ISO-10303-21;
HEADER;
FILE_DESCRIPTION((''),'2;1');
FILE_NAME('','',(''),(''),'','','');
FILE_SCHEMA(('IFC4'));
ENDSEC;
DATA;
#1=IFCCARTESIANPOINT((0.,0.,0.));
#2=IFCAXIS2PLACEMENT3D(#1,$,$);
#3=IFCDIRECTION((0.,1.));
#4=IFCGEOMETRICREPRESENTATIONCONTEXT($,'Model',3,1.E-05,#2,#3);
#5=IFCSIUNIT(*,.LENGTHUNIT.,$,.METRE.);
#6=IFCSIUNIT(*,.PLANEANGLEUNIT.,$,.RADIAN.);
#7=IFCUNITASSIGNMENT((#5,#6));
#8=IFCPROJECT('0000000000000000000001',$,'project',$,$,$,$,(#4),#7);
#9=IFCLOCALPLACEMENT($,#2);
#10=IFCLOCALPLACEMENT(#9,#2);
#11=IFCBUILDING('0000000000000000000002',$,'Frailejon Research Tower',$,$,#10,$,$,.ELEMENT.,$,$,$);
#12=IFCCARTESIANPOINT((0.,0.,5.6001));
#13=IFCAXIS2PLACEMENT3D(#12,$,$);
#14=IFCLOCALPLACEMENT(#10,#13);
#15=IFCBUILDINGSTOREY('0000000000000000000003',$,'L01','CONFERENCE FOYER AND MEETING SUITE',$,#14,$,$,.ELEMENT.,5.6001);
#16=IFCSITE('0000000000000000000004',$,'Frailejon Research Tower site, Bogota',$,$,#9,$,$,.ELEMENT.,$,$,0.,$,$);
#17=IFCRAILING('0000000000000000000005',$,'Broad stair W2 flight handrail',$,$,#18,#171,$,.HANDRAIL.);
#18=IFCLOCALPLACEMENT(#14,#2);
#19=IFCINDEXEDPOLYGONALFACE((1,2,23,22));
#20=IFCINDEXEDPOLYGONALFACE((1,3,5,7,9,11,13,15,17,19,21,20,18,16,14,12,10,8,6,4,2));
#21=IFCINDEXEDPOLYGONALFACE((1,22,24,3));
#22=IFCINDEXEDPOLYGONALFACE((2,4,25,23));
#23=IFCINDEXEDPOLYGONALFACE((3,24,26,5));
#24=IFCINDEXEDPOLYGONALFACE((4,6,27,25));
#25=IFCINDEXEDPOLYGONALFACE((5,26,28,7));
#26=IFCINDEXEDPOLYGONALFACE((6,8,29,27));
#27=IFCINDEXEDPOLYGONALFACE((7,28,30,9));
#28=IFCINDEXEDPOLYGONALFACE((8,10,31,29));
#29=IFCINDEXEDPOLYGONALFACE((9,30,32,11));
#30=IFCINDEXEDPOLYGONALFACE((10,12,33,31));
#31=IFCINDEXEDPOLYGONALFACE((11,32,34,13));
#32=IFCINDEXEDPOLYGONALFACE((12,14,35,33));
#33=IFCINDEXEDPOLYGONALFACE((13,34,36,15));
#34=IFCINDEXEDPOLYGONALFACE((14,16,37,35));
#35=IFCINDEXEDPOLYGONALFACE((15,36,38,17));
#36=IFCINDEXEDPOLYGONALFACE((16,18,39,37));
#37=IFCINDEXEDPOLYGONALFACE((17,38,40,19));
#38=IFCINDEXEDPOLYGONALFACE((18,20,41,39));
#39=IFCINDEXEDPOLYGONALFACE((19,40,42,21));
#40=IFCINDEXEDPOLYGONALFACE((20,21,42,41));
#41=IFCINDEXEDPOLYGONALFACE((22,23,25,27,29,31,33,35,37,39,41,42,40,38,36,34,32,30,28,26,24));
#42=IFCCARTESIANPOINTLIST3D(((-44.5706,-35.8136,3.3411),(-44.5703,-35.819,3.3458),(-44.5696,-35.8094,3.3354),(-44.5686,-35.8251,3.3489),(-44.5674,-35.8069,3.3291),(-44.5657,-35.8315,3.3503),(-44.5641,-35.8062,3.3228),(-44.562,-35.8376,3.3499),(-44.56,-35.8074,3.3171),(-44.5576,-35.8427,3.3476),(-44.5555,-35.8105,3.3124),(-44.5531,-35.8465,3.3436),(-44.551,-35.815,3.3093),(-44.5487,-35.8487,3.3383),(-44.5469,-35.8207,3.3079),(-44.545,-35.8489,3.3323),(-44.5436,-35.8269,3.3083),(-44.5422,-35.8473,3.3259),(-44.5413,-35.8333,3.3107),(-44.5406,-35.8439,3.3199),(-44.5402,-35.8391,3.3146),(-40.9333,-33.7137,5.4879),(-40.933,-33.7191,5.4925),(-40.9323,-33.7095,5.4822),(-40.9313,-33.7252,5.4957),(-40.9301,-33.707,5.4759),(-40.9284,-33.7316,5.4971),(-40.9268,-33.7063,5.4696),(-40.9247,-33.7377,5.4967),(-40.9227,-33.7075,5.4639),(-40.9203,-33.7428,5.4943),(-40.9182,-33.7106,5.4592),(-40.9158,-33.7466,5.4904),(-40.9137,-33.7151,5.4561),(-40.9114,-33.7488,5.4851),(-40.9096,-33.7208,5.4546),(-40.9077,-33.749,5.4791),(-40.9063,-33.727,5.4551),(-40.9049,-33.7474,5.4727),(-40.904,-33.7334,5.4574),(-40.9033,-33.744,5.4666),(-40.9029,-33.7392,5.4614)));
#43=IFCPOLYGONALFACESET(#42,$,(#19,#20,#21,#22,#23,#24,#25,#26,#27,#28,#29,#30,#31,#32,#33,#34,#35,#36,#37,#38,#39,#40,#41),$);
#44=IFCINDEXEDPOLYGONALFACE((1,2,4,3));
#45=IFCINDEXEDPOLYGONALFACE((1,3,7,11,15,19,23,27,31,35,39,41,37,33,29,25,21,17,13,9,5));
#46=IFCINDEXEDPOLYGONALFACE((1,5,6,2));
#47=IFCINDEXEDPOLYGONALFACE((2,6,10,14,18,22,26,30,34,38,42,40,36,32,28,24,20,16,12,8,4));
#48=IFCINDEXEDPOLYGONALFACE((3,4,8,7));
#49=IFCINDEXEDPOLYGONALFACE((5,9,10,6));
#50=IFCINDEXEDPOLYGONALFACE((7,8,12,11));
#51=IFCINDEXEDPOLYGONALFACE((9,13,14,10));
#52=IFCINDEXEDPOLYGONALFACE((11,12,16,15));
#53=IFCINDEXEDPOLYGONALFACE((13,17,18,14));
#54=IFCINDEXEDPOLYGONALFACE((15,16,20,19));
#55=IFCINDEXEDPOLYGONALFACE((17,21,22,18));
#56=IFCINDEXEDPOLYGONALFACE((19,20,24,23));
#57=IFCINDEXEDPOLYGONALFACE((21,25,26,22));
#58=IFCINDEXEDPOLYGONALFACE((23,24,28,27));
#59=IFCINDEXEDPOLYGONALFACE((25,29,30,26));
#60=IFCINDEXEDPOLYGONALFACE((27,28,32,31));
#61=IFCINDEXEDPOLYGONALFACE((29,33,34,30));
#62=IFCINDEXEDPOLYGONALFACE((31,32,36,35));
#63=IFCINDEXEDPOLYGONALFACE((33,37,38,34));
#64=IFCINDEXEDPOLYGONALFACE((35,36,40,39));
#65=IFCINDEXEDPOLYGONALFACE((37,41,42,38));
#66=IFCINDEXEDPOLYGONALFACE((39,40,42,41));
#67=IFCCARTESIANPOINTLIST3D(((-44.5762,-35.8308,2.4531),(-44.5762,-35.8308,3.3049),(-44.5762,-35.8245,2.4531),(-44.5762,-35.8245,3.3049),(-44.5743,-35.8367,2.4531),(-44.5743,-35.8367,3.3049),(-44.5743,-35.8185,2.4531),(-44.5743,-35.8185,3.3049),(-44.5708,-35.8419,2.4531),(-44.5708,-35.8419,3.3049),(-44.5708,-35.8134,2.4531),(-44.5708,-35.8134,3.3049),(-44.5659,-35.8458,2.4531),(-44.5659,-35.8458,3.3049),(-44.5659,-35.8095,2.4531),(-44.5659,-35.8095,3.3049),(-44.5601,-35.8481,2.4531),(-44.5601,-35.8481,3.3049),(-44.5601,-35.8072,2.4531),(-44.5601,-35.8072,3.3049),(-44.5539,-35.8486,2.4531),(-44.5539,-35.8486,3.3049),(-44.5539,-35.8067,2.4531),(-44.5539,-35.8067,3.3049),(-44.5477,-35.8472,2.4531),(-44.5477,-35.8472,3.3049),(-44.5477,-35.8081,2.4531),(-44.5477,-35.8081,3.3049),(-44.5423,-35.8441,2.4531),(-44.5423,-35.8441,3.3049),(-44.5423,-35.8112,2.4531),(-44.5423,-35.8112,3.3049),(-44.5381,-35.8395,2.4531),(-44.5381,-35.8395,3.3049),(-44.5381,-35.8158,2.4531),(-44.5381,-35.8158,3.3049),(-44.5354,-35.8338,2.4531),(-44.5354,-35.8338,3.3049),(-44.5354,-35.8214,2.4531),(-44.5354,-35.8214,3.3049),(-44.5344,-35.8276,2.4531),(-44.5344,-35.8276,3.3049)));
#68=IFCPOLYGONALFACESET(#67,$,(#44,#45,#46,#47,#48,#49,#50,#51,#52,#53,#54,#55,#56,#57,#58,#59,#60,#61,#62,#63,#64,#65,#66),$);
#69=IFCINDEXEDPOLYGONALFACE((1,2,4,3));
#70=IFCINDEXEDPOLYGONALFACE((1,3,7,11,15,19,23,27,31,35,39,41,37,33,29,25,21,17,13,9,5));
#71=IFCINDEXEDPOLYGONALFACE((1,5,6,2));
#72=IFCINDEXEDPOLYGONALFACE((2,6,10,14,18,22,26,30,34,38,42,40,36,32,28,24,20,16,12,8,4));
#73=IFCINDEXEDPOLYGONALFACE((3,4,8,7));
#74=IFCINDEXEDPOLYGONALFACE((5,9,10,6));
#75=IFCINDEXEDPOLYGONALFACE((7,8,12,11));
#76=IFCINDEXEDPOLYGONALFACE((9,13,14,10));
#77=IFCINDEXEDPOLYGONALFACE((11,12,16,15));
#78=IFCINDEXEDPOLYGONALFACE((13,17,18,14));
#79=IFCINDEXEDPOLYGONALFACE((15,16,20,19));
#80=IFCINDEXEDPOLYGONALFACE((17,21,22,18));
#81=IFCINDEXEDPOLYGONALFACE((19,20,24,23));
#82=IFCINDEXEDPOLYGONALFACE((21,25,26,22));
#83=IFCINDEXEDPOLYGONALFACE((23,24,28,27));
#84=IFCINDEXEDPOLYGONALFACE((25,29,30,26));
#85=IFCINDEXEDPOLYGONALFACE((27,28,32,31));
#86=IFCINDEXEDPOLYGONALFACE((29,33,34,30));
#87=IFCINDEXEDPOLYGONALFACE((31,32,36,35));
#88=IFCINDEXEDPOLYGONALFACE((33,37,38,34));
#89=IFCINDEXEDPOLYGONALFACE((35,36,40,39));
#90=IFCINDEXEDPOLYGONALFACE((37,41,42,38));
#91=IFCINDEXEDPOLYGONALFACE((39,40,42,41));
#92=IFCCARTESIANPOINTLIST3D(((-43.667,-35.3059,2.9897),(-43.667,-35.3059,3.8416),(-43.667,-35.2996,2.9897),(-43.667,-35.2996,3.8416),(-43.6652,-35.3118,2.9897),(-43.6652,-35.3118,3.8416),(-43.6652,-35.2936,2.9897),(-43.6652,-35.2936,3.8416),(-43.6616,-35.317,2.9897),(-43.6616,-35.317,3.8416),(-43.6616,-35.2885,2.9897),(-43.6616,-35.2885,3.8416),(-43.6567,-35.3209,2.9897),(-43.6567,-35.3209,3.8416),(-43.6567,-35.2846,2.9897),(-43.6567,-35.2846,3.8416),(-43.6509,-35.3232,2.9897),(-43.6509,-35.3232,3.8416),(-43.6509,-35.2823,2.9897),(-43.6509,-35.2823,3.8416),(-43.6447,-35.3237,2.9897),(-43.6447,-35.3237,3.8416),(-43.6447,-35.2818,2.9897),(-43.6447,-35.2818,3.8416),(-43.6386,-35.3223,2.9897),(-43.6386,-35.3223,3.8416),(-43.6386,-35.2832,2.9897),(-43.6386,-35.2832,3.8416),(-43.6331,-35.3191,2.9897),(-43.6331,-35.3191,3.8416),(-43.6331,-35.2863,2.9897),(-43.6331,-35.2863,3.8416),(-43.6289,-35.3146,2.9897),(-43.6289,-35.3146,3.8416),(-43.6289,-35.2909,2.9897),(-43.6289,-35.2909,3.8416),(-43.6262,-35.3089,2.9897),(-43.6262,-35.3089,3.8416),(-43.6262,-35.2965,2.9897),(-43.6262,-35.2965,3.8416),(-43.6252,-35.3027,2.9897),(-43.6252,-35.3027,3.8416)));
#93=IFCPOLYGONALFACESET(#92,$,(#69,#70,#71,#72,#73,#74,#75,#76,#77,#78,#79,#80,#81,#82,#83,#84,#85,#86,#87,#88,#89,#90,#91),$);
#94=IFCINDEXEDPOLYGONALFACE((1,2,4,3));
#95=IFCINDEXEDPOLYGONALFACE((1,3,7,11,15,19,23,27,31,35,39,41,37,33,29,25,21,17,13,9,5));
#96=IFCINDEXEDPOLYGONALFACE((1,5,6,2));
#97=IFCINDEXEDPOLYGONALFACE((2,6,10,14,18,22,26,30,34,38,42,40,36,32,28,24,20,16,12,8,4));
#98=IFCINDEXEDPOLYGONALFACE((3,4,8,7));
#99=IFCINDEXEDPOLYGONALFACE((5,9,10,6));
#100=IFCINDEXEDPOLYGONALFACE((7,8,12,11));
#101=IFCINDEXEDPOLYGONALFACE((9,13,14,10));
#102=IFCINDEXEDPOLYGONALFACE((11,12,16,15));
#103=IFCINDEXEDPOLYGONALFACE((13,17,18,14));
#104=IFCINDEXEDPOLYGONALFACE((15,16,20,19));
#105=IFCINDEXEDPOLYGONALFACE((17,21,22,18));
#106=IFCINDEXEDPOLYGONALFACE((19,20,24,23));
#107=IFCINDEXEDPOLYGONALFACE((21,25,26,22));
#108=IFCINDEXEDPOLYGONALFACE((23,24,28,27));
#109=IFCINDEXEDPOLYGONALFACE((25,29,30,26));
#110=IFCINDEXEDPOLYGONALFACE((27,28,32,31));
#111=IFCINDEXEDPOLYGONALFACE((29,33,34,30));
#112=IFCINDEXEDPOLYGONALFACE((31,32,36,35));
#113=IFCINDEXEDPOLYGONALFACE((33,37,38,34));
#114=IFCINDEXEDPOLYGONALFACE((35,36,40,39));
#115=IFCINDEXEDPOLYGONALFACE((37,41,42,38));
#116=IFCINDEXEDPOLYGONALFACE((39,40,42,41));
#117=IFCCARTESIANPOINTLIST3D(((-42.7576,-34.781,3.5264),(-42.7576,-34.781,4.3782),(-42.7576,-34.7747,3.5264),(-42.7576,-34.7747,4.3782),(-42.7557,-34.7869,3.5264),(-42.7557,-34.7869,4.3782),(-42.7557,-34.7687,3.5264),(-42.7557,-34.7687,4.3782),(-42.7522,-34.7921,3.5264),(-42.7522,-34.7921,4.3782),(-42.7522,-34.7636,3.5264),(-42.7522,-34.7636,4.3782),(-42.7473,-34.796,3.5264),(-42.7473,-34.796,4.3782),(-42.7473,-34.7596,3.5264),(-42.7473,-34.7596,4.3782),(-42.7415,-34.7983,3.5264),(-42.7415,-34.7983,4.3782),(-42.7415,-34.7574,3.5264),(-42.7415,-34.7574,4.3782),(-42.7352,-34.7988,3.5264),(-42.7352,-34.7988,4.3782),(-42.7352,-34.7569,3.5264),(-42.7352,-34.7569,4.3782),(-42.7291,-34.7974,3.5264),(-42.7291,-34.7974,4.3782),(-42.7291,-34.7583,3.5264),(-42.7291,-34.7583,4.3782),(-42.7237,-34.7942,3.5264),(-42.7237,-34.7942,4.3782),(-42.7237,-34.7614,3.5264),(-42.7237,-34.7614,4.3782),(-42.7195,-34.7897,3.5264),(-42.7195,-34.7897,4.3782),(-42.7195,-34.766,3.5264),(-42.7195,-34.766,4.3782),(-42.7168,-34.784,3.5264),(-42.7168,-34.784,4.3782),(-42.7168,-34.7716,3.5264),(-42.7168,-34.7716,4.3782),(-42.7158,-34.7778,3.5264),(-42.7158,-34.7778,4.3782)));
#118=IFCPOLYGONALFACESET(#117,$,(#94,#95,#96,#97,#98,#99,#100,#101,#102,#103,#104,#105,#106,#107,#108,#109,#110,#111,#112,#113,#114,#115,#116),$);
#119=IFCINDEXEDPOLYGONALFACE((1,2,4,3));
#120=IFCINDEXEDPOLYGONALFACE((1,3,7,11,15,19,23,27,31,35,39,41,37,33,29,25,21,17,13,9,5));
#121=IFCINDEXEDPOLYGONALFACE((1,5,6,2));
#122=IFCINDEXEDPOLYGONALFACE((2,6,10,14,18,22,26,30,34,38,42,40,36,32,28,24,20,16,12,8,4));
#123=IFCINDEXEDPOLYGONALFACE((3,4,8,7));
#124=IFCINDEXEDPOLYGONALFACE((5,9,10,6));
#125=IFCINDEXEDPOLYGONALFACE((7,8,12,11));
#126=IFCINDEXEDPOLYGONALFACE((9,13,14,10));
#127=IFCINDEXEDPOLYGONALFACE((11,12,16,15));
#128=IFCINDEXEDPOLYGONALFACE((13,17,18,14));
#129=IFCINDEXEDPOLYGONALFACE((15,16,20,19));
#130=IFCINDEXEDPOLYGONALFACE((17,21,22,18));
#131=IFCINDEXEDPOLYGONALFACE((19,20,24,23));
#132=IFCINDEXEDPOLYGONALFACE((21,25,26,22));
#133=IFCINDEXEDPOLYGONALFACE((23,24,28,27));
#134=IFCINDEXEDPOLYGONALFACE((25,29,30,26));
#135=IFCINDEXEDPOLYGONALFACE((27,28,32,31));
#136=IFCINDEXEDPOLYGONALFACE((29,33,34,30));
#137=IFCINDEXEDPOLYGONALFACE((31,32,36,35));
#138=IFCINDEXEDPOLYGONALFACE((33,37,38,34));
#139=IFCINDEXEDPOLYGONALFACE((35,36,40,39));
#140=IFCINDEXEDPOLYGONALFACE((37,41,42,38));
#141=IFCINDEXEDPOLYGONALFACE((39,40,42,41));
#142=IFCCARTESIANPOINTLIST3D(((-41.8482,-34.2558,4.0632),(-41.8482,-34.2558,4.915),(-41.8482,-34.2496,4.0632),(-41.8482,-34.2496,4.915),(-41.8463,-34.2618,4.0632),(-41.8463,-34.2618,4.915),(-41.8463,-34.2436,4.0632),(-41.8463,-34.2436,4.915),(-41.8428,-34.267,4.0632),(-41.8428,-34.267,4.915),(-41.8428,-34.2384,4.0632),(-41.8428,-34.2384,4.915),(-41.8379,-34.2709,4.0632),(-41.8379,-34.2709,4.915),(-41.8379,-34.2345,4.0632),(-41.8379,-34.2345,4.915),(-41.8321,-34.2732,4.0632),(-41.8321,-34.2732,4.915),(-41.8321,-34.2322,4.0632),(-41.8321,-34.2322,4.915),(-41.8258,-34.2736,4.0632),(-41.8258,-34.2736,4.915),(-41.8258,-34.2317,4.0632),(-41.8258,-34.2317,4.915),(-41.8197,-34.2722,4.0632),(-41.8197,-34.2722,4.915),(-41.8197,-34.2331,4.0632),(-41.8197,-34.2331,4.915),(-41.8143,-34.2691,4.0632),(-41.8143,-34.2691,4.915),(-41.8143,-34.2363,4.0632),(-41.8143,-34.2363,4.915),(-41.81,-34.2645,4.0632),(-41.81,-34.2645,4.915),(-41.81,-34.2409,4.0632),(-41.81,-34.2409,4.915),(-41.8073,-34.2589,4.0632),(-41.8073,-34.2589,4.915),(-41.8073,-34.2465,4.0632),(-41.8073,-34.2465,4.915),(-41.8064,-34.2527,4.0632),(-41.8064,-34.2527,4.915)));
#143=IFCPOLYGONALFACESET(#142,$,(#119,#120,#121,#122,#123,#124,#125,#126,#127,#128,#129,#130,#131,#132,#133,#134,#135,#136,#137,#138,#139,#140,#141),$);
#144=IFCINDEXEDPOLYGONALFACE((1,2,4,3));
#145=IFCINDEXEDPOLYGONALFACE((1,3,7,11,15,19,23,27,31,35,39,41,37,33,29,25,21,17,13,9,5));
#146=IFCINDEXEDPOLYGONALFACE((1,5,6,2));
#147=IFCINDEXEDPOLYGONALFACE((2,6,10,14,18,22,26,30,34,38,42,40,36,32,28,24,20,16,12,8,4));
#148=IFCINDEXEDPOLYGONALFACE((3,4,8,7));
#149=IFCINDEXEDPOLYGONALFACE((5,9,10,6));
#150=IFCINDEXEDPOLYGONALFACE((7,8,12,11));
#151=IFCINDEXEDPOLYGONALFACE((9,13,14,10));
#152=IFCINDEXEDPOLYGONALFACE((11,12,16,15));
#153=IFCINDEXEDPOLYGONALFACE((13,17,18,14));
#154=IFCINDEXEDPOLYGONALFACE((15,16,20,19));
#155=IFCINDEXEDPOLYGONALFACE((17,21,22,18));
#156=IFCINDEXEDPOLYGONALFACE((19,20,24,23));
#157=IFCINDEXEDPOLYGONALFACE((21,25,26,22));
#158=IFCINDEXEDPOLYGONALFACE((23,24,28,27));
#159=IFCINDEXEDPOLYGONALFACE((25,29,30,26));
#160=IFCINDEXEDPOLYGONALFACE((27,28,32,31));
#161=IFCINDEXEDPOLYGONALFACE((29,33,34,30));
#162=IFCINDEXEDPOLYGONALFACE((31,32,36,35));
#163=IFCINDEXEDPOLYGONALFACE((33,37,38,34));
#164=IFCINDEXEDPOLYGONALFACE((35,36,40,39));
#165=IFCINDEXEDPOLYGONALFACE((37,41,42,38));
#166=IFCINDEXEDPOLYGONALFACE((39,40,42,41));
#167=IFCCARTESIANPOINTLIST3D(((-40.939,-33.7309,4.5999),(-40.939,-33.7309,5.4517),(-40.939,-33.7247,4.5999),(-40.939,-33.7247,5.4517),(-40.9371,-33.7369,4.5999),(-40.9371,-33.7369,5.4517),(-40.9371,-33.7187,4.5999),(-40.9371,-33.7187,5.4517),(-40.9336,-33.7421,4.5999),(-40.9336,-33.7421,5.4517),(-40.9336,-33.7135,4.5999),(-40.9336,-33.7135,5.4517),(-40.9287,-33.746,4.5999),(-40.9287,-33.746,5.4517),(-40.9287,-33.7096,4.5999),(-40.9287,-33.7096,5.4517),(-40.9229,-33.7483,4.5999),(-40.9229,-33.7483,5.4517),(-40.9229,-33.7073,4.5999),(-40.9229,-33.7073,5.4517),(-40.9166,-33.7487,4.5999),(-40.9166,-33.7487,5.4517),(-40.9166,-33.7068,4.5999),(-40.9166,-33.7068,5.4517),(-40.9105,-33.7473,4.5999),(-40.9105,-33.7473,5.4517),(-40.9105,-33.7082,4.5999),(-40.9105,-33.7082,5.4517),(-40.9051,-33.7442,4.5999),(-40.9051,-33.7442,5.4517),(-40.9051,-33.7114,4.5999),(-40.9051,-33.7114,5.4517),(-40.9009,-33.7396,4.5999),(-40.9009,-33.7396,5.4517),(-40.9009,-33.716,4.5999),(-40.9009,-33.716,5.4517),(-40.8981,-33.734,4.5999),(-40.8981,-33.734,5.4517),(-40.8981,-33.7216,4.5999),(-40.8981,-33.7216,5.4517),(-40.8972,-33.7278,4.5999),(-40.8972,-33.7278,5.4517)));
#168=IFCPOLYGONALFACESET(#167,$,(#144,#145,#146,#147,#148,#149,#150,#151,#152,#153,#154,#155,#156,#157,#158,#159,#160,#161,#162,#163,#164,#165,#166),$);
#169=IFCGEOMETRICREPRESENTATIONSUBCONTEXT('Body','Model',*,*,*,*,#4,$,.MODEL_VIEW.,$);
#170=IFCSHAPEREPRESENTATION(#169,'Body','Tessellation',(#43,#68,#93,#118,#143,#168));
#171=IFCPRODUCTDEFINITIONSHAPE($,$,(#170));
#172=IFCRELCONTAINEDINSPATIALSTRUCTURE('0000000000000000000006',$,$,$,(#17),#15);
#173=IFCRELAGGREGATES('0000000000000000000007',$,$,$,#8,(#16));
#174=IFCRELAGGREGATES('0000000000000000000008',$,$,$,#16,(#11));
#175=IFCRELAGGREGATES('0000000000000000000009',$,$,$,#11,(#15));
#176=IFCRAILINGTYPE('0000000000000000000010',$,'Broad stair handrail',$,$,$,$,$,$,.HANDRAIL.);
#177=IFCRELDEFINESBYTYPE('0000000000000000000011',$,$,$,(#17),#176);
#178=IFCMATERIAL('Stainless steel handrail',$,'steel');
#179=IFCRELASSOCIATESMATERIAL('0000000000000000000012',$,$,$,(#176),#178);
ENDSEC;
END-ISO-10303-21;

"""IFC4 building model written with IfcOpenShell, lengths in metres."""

from ifc_helpers import new_model, si_unit, direction, frame, origin, origin_2d, place, context, subcontext, project, spatial, circle, extrude, material, type_object, element, save


model = new_model("IFC4")

# Units and contexts
model_context = context("Model", 3, precision=1e-05, world=origin(), true_north=direction((0.0, 1.0)))
body_context = subcontext(model_context, "Body", "Model", "MODEL_VIEW")
ifc_project = project(units=[si_unit("LENGTHUNIT", "METRE"), si_unit("PLANEANGLEUNIT", "RADIAN")], contexts=[model_context])

# Site, building, storey
site_placement = place(None, origin())
site = spatial("IfcSite", under=ifc_project, at=site_placement, Name="Frailejon Research Tower site, Bogota", CompositionType="ELEMENT", RefElevation=0.0)
building_placement = place(site_placement, origin())
building = spatial("IfcBuilding", under=site, at=building_placement, Name="Frailejon Research Tower", CompositionType="ELEMENT")
storey_placement = place(building_placement, frame((0.0, 0.0, 5.6001)))
storey = spatial("IfcBuildingStorey", under=building, at=storey_placement, Name="L01", Description="CONFERENCE FOYER AND MEETING SUITE", CompositionType="ELEMENT", Elevation=5.6001)

# Railing
ifc_material_1 = material(Name="Stainless steel handrail", Category="steel")
railing_type_1 = type_object("IfcRailingType", Name="Broad stair handrail", PredefinedType="HANDRAIL", material=ifc_material_1)
for number, where, name in (
    (1, (-44.5554, -35.8276, 2.4531), "Broad stair W2 flight handrail"),
):
    element("IfcRailing", number, at=place(storey_placement, frame(where)), inside=storey, type_object=railing_type_1, Name=name, PredefinedType="HANDRAIL", context=body_context, shape_type="SweptSolid", body=[
        extrude(circle(Radius=0.0239, at=origin_2d()), frame((0.0, 0.0, 0.876), z_axis=(0.771137, 0.445197, 0.455135), x_axis=(-0.499984, 0.866035, 0.0)), (0.0, 0.0, 1.0), 4.7168),
        extrude(circle(Radius=0.021, at=origin_2d()), origin(), (0.0, 0.0, 1.0), 0.8518),
        extrude(circle(Radius=0.021, at=origin_2d()), frame((0.9092, 0.5249, 0.5366)), (0.0, 0.0, 1.0), 0.8518),
        extrude(circle(Radius=0.021, at=origin_2d()), frame((1.8186, 1.0498, 1.0732)), (0.0, 0.0, 1.0), 0.8518),
        extrude(circle(Radius=0.021, at=origin_2d()), frame((2.728, 1.575, 1.6101)), (0.0, 0.0, 1.0), 0.8518),
        extrude(circle(Radius=0.021, at=origin_2d()), frame((3.6372, 2.0999, 2.1467)), (0.0, 0.0, 1.0), 0.8518),
    ])

save(model, "model.ifc")
